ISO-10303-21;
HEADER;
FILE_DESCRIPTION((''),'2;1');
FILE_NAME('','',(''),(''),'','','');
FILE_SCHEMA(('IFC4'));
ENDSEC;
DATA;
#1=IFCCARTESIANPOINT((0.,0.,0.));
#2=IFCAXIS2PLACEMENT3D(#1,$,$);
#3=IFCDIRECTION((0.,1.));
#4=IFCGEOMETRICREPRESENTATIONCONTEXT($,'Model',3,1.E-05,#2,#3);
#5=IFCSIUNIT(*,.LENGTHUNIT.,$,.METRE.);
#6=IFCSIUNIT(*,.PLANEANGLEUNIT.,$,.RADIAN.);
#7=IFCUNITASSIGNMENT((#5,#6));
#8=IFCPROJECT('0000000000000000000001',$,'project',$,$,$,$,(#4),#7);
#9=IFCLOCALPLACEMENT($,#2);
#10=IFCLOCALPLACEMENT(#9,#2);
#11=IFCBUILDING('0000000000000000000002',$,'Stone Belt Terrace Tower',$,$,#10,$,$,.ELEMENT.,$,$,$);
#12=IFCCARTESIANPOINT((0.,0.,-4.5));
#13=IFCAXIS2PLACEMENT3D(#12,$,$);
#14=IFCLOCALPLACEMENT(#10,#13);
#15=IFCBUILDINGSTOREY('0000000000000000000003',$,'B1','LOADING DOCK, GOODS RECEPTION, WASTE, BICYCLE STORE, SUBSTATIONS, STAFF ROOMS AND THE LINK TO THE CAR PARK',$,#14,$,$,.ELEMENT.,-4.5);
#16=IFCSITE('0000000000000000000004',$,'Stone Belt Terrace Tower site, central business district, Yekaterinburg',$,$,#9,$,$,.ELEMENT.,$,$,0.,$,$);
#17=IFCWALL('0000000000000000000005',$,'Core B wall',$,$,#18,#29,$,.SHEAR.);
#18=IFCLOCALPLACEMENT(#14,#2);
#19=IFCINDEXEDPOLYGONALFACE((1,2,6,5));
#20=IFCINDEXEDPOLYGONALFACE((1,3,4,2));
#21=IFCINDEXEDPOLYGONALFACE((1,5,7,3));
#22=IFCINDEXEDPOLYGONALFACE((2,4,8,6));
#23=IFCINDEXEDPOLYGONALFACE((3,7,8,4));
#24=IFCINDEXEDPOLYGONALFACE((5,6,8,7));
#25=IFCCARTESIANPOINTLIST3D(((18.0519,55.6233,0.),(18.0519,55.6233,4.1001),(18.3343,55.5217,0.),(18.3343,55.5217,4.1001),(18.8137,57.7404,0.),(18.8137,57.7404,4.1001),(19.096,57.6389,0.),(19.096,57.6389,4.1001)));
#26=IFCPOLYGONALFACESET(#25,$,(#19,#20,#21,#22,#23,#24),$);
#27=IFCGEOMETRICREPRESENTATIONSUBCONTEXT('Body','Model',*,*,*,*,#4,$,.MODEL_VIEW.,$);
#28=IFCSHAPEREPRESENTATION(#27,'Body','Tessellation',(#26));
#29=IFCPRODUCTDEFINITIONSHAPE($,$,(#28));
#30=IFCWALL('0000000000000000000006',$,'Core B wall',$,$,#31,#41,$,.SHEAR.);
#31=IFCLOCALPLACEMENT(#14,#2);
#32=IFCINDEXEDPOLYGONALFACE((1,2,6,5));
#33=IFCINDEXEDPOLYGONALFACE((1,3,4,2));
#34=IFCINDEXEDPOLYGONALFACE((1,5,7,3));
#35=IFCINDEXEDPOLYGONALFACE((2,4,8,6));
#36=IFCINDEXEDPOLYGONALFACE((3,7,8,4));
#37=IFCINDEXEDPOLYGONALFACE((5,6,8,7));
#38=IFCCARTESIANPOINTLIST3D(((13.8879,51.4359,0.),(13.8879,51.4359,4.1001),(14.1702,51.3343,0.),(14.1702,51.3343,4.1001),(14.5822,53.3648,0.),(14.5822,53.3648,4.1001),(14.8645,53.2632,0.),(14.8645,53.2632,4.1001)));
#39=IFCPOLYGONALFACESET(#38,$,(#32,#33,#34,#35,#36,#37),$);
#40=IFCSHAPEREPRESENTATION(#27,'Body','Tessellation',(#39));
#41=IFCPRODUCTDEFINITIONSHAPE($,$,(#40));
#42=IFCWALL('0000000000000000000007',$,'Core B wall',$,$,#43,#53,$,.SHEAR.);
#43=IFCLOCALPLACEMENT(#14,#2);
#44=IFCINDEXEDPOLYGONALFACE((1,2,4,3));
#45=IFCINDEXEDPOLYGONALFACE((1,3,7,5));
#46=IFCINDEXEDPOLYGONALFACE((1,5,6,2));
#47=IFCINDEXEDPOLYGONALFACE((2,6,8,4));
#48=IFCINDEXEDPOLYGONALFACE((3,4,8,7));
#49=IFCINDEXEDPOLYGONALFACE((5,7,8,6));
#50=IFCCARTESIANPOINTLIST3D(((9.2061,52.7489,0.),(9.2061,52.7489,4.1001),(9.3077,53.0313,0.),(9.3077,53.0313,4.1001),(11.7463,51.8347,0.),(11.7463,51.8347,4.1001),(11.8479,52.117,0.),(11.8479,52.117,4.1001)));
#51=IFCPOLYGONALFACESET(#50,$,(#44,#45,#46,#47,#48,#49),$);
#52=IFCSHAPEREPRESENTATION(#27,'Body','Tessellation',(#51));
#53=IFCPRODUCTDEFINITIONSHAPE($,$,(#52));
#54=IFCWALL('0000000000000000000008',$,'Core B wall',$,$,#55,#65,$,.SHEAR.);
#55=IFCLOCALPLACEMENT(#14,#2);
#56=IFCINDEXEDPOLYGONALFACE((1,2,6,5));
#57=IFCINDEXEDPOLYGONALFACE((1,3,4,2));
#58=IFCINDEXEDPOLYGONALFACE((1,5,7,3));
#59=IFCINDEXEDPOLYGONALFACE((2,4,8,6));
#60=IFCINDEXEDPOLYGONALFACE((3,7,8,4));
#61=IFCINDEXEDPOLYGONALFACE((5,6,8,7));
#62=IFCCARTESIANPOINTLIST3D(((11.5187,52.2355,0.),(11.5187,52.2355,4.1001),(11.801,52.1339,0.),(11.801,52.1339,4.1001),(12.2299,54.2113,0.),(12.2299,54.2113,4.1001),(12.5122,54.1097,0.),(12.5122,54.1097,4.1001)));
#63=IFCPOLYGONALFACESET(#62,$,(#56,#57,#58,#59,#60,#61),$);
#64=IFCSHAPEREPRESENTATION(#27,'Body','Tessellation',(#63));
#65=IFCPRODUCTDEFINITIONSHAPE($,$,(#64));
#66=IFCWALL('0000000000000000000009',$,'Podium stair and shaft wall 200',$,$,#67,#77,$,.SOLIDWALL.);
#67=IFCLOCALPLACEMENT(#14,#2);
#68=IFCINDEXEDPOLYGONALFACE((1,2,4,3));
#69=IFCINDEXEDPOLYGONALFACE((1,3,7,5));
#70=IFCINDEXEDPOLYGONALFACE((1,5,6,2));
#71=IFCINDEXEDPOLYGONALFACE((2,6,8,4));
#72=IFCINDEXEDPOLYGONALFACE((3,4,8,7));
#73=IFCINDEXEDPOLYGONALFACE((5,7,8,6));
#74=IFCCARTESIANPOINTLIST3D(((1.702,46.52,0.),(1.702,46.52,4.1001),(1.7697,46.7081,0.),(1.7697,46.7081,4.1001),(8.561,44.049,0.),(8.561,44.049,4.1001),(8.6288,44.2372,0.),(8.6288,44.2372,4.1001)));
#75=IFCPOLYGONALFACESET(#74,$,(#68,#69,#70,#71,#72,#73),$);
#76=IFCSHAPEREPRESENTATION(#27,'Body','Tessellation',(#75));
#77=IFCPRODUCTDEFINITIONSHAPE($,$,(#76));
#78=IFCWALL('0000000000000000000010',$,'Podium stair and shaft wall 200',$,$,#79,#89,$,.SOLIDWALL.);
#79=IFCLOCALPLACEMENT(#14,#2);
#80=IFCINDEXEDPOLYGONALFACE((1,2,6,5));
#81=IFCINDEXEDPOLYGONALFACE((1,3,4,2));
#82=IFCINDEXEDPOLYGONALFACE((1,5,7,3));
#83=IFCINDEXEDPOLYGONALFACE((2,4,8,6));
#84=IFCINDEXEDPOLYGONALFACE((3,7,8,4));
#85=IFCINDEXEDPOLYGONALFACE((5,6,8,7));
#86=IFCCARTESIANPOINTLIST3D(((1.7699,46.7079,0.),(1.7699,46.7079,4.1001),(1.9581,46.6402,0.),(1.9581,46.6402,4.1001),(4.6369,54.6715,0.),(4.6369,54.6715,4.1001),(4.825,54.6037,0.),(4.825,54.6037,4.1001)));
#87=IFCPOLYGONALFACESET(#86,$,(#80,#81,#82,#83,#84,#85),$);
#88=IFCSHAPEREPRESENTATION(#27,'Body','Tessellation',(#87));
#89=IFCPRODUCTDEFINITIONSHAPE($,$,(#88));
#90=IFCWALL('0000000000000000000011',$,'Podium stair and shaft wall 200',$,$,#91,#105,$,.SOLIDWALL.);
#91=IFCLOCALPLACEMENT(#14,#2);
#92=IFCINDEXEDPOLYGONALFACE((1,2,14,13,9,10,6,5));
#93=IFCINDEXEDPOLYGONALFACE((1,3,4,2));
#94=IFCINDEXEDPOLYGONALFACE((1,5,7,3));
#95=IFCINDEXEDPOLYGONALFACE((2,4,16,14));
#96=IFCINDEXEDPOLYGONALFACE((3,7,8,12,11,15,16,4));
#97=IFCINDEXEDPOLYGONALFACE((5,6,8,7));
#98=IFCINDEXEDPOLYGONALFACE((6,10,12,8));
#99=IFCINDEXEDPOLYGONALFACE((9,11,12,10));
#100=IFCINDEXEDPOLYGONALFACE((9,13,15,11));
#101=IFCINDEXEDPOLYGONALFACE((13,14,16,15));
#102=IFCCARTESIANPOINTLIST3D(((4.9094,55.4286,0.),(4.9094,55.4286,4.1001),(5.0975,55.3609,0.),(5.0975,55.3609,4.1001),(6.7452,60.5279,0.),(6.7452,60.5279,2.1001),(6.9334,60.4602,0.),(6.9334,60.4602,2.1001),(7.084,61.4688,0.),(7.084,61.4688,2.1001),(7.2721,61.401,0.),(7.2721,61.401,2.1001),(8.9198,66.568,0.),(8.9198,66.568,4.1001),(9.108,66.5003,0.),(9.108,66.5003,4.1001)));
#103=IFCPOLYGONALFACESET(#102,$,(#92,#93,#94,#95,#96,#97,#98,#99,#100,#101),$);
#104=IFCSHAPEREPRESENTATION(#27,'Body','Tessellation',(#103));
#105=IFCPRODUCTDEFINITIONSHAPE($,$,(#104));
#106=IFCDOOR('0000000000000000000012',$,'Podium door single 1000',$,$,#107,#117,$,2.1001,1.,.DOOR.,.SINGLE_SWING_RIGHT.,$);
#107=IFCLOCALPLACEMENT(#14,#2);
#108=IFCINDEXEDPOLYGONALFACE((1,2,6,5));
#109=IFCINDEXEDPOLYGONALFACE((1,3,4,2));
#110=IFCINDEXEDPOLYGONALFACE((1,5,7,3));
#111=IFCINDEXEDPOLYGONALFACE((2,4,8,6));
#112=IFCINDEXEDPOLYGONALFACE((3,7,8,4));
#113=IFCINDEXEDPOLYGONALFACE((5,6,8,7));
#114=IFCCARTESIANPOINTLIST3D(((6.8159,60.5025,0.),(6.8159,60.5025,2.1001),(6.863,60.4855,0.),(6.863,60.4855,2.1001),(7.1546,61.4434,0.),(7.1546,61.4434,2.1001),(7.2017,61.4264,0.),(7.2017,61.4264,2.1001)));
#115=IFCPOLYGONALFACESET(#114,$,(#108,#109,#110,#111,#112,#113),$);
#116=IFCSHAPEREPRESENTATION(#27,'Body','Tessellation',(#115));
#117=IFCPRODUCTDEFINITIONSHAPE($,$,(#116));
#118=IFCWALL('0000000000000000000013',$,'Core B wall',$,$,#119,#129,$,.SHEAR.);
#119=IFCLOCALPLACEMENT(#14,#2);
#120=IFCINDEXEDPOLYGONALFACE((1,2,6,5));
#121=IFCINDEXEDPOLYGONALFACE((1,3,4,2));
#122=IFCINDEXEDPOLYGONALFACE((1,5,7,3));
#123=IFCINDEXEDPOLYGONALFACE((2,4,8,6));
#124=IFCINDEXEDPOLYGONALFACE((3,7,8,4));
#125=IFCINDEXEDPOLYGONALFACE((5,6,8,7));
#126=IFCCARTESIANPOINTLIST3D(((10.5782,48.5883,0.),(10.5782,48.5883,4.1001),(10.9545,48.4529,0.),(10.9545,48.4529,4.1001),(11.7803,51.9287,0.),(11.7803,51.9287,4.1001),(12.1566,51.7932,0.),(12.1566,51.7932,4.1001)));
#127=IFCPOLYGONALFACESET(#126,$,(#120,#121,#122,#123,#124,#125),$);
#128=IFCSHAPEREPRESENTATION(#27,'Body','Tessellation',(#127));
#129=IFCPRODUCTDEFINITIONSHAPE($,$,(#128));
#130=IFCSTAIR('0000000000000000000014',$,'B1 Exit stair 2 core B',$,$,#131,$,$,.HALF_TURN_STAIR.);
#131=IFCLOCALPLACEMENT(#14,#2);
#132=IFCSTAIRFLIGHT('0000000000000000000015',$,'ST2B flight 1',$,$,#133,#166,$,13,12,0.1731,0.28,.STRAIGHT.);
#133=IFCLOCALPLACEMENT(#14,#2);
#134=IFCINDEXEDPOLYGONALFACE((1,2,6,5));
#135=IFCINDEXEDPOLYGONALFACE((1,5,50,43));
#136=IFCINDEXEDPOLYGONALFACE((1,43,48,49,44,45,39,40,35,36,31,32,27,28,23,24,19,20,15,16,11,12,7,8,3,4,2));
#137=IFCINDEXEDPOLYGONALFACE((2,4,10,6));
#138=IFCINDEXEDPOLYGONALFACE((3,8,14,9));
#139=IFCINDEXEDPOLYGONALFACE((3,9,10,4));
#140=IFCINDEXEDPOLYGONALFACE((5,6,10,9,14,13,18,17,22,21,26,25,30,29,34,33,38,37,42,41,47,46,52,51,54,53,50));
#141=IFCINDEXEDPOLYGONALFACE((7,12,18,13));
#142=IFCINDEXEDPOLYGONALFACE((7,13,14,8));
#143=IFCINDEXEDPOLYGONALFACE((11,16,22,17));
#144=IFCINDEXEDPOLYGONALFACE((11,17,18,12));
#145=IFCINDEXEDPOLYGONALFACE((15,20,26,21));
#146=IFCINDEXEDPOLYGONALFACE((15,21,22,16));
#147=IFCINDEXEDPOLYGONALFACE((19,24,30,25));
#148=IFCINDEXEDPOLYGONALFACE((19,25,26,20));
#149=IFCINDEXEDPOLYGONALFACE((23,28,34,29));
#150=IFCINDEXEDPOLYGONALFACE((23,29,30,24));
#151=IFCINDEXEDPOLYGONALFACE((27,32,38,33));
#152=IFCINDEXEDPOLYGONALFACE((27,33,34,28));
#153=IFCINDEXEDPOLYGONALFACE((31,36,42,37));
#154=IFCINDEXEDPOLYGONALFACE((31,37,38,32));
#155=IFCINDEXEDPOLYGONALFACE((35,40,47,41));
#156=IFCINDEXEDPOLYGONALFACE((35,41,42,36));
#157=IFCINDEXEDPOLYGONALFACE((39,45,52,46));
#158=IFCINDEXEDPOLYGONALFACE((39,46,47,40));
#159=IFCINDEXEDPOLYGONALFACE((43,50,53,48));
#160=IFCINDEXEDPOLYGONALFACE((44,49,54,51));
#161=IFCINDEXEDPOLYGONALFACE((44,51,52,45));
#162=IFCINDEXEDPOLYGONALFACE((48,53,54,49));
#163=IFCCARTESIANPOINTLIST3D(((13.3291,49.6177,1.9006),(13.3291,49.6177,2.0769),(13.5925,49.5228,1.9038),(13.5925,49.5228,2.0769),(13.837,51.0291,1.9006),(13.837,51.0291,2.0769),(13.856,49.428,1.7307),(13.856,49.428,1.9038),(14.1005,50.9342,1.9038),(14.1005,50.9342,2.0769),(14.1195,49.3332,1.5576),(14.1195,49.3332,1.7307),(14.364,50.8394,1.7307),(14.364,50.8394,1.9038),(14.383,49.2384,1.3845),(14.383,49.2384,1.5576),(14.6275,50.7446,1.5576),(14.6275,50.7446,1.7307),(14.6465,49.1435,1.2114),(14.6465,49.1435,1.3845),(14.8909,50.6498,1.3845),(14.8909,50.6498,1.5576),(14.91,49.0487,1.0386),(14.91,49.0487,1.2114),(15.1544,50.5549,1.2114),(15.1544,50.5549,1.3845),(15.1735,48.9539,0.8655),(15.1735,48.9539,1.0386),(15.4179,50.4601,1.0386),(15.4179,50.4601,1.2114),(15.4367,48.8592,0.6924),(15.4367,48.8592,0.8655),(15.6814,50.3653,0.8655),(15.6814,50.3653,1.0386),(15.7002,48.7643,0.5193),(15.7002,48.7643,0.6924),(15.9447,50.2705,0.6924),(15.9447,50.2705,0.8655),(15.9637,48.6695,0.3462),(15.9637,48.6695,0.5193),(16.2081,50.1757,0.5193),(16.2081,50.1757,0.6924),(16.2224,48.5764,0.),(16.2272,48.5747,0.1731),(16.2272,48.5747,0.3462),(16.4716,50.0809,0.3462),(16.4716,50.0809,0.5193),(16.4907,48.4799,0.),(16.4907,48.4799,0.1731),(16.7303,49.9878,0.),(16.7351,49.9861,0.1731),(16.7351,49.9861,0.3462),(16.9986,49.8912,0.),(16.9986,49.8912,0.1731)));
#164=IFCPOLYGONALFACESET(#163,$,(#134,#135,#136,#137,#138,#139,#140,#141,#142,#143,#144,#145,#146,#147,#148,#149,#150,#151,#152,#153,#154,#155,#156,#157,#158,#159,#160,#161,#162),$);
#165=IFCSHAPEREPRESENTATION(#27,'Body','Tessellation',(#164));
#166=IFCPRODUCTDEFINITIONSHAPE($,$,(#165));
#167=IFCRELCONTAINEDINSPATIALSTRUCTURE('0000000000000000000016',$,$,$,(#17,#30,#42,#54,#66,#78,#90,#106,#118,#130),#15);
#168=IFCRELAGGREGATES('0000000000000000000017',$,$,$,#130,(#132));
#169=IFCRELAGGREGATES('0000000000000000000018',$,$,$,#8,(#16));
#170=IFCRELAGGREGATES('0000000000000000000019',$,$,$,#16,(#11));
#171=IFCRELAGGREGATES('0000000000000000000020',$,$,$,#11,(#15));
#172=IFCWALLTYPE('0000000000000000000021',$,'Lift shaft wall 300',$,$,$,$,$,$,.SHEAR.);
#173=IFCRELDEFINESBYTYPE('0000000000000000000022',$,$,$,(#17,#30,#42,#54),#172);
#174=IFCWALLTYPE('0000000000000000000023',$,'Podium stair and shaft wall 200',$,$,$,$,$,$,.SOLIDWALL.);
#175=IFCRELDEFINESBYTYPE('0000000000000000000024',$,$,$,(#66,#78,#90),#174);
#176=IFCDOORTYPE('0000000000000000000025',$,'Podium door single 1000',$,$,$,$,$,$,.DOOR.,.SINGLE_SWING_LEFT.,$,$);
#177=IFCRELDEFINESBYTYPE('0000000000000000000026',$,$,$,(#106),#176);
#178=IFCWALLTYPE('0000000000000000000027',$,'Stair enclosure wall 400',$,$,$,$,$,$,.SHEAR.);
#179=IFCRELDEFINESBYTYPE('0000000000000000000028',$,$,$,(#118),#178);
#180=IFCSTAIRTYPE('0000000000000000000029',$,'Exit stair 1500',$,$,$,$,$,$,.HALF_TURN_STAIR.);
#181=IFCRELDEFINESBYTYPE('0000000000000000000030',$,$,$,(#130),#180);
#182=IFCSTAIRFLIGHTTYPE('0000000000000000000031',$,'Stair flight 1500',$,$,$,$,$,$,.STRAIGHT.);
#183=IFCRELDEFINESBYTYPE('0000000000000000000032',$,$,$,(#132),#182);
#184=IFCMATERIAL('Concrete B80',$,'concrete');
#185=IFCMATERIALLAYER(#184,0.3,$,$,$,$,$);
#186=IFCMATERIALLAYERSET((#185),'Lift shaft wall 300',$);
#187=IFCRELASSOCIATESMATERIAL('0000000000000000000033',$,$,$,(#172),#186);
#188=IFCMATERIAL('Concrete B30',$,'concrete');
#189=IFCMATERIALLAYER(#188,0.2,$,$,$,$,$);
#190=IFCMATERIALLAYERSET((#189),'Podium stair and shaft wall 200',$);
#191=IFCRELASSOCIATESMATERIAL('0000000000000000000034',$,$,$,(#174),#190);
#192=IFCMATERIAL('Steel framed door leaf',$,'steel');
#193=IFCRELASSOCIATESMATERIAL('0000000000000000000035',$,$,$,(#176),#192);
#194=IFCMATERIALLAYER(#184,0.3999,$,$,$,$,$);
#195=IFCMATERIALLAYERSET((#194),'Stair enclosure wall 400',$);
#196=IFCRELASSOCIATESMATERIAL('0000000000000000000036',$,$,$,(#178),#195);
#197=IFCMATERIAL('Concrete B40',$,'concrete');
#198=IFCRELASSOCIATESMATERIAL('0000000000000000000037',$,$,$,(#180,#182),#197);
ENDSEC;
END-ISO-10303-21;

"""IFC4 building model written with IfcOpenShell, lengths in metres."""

from ifc_helpers import new_model, si_unit, direction, frame, frame_2d, origin, place, context, subcontext, project, spatial, polyline, rectangle, outline, extrude, material, layer, layer_set, type_object, element, fill, aggregate, save


model = new_model("IFC4")

# Units and contexts
model_context = context("Model", 3, precision=1e-05, world=origin(), true_north=direction((0.0, 1.0)))
body_context = subcontext(model_context, "Body", "Model", "MODEL_VIEW")
ifc_project = project(units=[si_unit("LENGTHUNIT", "METRE"), si_unit("PLANEANGLEUNIT", "RADIAN")], contexts=[model_context])

# Site, building, storey
site_placement = place(None, origin())
site = spatial("IfcSite", under=ifc_project, at=site_placement, Name="Stone Belt Terrace Tower site, central business district, Yekaterinburg", CompositionType="ELEMENT", RefElevation=0.0)
building_placement = place(site_placement, origin())
building = spatial("IfcBuilding", under=site, at=building_placement, Name="Stone Belt Terrace Tower", CompositionType="ELEMENT")
storey_placement = place(building_placement, frame((0.0, 0.0, -4.5)))
storey = spatial("IfcBuildingStorey", under=building, at=storey_placement, Name="B1", Description="LOADING DOCK, GOODS RECEPTION, WASTE, BICYCLE STORE, SUBSTATIONS, STAFF ROOMS AND THE LINK TO THE CAR PARK", CompositionType="ELEMENT", Elevation=-4.5)

# Shared definitions
ifc_material_1 = material(Name="Concrete B80", Category="concrete")

# Walls
ifc_layer_1 = layer(ifc_material_1, 0.3)
ifc_layer_set_1 = layer_set([ifc_layer_1], Name="Lift shaft wall 300")
wall_type_1 = type_object("IfcWallType", Name="Lift shaft wall 300", PredefinedType="SHEAR", material=ifc_layer_set_1)
wall_1_placement = place(storey_placement, frame((18.1931, 55.5725, 0.0), z_axis=(0.0, 0.0, 1.0), x_axis=(0.338535, 0.940954, 0.0)))
element("IfcWall", 1, at=wall_1_placement, inside=storey, type_object=wall_type_1, Name="Core B wall", PredefinedType="SHEAR", context=body_context, shape_type="SweptSolid", body=[
    extrude(rectangle(XDim=2.25, YDim=0.3, at=frame_2d((1.125, 0.0))), origin(), (0.0, 0.0, 1.0), 4.1001),
])
wall_2_placement = place(storey_placement, frame((14.0291, 51.3853, 0.0), z_axis=(0.0, 0.0, 1.0), x_axis=(0.338682, 0.940901, 0.0)))
element("IfcWall", 2, at=wall_2_placement, inside=storey, type_object=wall_type_1, Name="Core B wall", PredefinedType="SHEAR", context=body_context, shape_type="SweptSolid", body=[
    extrude(rectangle(XDim=2.05, YDim=0.3, at=frame_2d((1.0249, 0.0))), origin(), (0.0, 0.0, 1.0), 4.1001),
])
wall_3_placement = place(storey_placement, frame((11.7971, 51.9758, 0.0), z_axis=(0.0, 0.0, 1.0), x_axis=(-0.94091, 0.338655, 0.0)))
element("IfcWall", 3, at=wall_3_placement, inside=storey, type_object=wall_type_1, Name="Core B wall", PredefinedType="SHEAR", context=body_context, shape_type="SweptSolid", body=[
    extrude(rectangle(XDim=2.6997, YDim=0.3, at=frame_2d((1.3499, 0.0))), origin(), (0.0, 0.0, 1.0), 4.1001),
])
wall_4_placement = place(storey_placement, frame((11.6599, 52.1848, 0.0), z_axis=(0.0, 0.0, 1.0), x_axis=(0.33867, 0.940905, 0.0)))
element("IfcWall", 4, at=wall_4_placement, inside=storey, type_object=wall_type_1, Name="Core B wall", PredefinedType="SHEAR", context=body_context, shape_type="SweptSolid", body=[
    extrude(rectangle(XDim=2.0999, YDim=0.3, at=frame_2d((1.0498, 0.0))), origin(), (0.0, 0.0, 1.0), 4.1001),
])
ifc_material_2 = material(Name="Concrete B30", Category="concrete")
ifc_layer_2 = layer(ifc_material_2, 0.2)
ifc_layer_set_2 = layer_set([ifc_layer_2], Name="Podium stair and shaft wall 200")
wall_type_2 = type_object("IfcWallType", Name="Podium stair and shaft wall 200", PredefinedType="SOLIDWALL", material=ifc_layer_set_2)
wall_5_placement = place(storey_placement, frame((1.7358, 46.614, 0.0), z_axis=(0.0, 0.0, 1.0), x_axis=(0.940815, -0.338921, 0.0)))
element("IfcWall", 5, at=wall_5_placement, inside=storey, type_object=wall_type_2, Name="Podium stair and shaft wall 200", PredefinedType="SOLIDWALL", context=body_context, shape_type="SweptSolid", body=[
    extrude(rectangle(XDim=7.2905, YDim=0.2, at=frame_2d((3.6453, 0.0))), origin(), (0.0, 0.0, 1.0), 4.1001),
])
wall_6_placement = place(storey_placement, frame((1.864, 46.6741, 0.0), z_axis=(0.0, 0.0, 1.0), x_axis=(0.338724, 0.940886, 0.0)))
element("IfcWall", 6, at=wall_6_placement, inside=storey, type_object=wall_type_2, Name="Podium stair and shaft wall 200", PredefinedType="SOLIDWALL", context=body_context, shape_type="SweptSolid", body=[
    extrude(rectangle(XDim=8.4639, YDim=0.2, at=frame_2d((4.2319, 0.0))), origin(), (0.0, 0.0, 1.0), 4.1001),
])

# Wall, opening, door
wall_7_placement = place(storey_placement, frame((5.0034, 55.3948, 0.0), z_axis=(0.0, 0.0, 1.0), x_axis=(0.338743, 0.940879, 0.0)))
wall_7 = element("IfcWall", 7, at=wall_7_placement, inside=storey, type_object=wall_type_2, Name="Podium stair and shaft wall 200", PredefinedType="SOLIDWALL", context=body_context, shape_type="SweptSolid", body=[
    extrude(rectangle(XDim=11.8394, YDim=0.2, at=frame_2d((5.9197, 0.0))), origin(), (0.0, 0.0, 1.0), 4.1001),
])
opening_1_placement = place(wall_7_placement, frame((5.4197, 0.0, 0.0)))
opening_1 = element("IfcOpeningElement", 8, at=opening_1_placement, cuts=wall_7, PredefinedType="OPENING", context=body_context, shape_type="SweptSolid", body=[
    extrude(rectangle(XDim=1.0, YDim=2.1001, at=frame_2d((0.5, 1.05))), frame((0.0, 0.1099, 0.0), z_axis=(0.0, -1.0, 0.0), x_axis=(1.0, 0.0, 0.0)), (0.0, 0.0, 1.0), 0.22),
])
ifc_material_3 = material(Name="Steel framed door leaf", Category="steel")
door_type_1 = type_object("IfcDoorType", Name="Podium door single 1000", OperationType="SINGLE_SWING_LEFT", PredefinedType="DOOR", material=ifc_material_3)
door_1_placement = place(opening_1_placement, origin())
door_1 = element("IfcDoor", 9, at=door_1_placement, inside=storey, type_object=door_type_1, Name="Podium door single 1000", OperationType="SINGLE_SWING_RIGHT", OverallHeight=2.1001, OverallWidth=1.0, PredefinedType="DOOR", context=body_context, shape_type="SweptSolid", body=[
    extrude(rectangle(XDim=1.0, YDim=2.1001, at=frame_2d((0.5, 1.05))), frame((0.0, 0.0249, 0.0), z_axis=(0.0, -1.0, 0.0), x_axis=(1.0, 0.0, 0.0)), (0.0, 0.0, 1.0), 0.05),
])
fill(opening_1, door_1)

# Wall
ifc_layer_3 = layer(ifc_material_1, 0.3999)
ifc_layer_set_3 = layer_set([ifc_layer_3], Name="Stair enclosure wall 400")
wall_type_3 = type_object("IfcWallType", Name="Stair enclosure wall 400", PredefinedType="SHEAR", material=ifc_layer_set_3)
wall_8_placement = place(storey_placement, frame((10.7664, 48.5208, 0.0), z_axis=(0.0, 0.0, 1.0), x_axis=(0.338627, 0.940921, 0.0)))
element("IfcWall", 10, at=wall_8_placement, inside=storey, type_object=wall_type_3, Name="Core B wall", PredefinedType="SHEAR", context=body_context, shape_type="SweptSolid", body=[
    extrude(rectangle(XDim=3.55, YDim=0.3999, at=frame_2d((1.7749, 0.0))), origin(), (0.0, 0.0, 1.0), 4.1001),
])

# Stair, stair flight
ifc_material_4 = material(Name="Concrete B40", Category="concrete")
stair_type = type_object("IfcStairType", Name="Exit stair 1500", PredefinedType="HALF_TURN_STAIR", material=ifc_material_4)
stair_placement = place(storey_placement, origin())
stair = element("IfcStair", 11, at=stair_placement, inside=storey, type_object=stair_type, Name="B1 Exit stair 2 core B", PredefinedType="HALF_TURN_STAIR")
stair_flight_type = type_object("IfcStairFlightType", Name="Stair flight 1500", PredefinedType="STRAIGHT", material=ifc_material_4)
stair_flight_1_placement = place(storey_placement, frame((16.7446, 49.1855, 0.0), z_axis=(0.0, 0.0, 1.0), x_axis=(-0.940922, 0.338624, 0.0)))
stair_flight_1 = element("IfcStairFlight", 12, at=stair_flight_1_placement, type_object=stair_flight_type, Name="ST2B flight 1", NumberOfRisers=13, NumberOfTreads=12, PredefinedType="STRAIGHT", RiserHeight=0.1731, TreadLength=0.28, context=body_context, shape_type="SweptSolid", body=[
    extrude(outline(polyline([(0.0, 0.0), (0.0, 0.1731), (0.28, 0.1731), (0.28, 0.3462), (0.5601, 0.3462), (0.5601, 0.5193), (0.8401, 0.5193), (0.8401, 0.6924), (1.1201, 0.6924), (1.1201, 0.8655), (1.3999, 0.8655), (1.3999, 1.0386), (1.6799, 1.0386), (1.6799, 1.2114), (1.96, 1.2114), (1.96, 1.3845), (2.24, 1.3845), (2.24, 1.5576), (2.52, 1.5576), (2.52, 1.7307), (2.8, 1.7307), (2.8, 1.9038), (3.0801, 1.9038), (3.0801, 2.0769), (3.3601, 2.0769), (3.3601, 2.25), (3.3601, 1.9006), (0.2852, 0.0), (0.0, 0.0)])), frame((0.0, 0.75, 0.0), z_axis=(0.0, -1.0, 0.0), x_axis=(1.0, 0.0, 0.0)), (0.0, 0.0, 1.0), 1.5),
])
aggregate(stair, [stair_flight_1])

save(model, "model.ifc")
